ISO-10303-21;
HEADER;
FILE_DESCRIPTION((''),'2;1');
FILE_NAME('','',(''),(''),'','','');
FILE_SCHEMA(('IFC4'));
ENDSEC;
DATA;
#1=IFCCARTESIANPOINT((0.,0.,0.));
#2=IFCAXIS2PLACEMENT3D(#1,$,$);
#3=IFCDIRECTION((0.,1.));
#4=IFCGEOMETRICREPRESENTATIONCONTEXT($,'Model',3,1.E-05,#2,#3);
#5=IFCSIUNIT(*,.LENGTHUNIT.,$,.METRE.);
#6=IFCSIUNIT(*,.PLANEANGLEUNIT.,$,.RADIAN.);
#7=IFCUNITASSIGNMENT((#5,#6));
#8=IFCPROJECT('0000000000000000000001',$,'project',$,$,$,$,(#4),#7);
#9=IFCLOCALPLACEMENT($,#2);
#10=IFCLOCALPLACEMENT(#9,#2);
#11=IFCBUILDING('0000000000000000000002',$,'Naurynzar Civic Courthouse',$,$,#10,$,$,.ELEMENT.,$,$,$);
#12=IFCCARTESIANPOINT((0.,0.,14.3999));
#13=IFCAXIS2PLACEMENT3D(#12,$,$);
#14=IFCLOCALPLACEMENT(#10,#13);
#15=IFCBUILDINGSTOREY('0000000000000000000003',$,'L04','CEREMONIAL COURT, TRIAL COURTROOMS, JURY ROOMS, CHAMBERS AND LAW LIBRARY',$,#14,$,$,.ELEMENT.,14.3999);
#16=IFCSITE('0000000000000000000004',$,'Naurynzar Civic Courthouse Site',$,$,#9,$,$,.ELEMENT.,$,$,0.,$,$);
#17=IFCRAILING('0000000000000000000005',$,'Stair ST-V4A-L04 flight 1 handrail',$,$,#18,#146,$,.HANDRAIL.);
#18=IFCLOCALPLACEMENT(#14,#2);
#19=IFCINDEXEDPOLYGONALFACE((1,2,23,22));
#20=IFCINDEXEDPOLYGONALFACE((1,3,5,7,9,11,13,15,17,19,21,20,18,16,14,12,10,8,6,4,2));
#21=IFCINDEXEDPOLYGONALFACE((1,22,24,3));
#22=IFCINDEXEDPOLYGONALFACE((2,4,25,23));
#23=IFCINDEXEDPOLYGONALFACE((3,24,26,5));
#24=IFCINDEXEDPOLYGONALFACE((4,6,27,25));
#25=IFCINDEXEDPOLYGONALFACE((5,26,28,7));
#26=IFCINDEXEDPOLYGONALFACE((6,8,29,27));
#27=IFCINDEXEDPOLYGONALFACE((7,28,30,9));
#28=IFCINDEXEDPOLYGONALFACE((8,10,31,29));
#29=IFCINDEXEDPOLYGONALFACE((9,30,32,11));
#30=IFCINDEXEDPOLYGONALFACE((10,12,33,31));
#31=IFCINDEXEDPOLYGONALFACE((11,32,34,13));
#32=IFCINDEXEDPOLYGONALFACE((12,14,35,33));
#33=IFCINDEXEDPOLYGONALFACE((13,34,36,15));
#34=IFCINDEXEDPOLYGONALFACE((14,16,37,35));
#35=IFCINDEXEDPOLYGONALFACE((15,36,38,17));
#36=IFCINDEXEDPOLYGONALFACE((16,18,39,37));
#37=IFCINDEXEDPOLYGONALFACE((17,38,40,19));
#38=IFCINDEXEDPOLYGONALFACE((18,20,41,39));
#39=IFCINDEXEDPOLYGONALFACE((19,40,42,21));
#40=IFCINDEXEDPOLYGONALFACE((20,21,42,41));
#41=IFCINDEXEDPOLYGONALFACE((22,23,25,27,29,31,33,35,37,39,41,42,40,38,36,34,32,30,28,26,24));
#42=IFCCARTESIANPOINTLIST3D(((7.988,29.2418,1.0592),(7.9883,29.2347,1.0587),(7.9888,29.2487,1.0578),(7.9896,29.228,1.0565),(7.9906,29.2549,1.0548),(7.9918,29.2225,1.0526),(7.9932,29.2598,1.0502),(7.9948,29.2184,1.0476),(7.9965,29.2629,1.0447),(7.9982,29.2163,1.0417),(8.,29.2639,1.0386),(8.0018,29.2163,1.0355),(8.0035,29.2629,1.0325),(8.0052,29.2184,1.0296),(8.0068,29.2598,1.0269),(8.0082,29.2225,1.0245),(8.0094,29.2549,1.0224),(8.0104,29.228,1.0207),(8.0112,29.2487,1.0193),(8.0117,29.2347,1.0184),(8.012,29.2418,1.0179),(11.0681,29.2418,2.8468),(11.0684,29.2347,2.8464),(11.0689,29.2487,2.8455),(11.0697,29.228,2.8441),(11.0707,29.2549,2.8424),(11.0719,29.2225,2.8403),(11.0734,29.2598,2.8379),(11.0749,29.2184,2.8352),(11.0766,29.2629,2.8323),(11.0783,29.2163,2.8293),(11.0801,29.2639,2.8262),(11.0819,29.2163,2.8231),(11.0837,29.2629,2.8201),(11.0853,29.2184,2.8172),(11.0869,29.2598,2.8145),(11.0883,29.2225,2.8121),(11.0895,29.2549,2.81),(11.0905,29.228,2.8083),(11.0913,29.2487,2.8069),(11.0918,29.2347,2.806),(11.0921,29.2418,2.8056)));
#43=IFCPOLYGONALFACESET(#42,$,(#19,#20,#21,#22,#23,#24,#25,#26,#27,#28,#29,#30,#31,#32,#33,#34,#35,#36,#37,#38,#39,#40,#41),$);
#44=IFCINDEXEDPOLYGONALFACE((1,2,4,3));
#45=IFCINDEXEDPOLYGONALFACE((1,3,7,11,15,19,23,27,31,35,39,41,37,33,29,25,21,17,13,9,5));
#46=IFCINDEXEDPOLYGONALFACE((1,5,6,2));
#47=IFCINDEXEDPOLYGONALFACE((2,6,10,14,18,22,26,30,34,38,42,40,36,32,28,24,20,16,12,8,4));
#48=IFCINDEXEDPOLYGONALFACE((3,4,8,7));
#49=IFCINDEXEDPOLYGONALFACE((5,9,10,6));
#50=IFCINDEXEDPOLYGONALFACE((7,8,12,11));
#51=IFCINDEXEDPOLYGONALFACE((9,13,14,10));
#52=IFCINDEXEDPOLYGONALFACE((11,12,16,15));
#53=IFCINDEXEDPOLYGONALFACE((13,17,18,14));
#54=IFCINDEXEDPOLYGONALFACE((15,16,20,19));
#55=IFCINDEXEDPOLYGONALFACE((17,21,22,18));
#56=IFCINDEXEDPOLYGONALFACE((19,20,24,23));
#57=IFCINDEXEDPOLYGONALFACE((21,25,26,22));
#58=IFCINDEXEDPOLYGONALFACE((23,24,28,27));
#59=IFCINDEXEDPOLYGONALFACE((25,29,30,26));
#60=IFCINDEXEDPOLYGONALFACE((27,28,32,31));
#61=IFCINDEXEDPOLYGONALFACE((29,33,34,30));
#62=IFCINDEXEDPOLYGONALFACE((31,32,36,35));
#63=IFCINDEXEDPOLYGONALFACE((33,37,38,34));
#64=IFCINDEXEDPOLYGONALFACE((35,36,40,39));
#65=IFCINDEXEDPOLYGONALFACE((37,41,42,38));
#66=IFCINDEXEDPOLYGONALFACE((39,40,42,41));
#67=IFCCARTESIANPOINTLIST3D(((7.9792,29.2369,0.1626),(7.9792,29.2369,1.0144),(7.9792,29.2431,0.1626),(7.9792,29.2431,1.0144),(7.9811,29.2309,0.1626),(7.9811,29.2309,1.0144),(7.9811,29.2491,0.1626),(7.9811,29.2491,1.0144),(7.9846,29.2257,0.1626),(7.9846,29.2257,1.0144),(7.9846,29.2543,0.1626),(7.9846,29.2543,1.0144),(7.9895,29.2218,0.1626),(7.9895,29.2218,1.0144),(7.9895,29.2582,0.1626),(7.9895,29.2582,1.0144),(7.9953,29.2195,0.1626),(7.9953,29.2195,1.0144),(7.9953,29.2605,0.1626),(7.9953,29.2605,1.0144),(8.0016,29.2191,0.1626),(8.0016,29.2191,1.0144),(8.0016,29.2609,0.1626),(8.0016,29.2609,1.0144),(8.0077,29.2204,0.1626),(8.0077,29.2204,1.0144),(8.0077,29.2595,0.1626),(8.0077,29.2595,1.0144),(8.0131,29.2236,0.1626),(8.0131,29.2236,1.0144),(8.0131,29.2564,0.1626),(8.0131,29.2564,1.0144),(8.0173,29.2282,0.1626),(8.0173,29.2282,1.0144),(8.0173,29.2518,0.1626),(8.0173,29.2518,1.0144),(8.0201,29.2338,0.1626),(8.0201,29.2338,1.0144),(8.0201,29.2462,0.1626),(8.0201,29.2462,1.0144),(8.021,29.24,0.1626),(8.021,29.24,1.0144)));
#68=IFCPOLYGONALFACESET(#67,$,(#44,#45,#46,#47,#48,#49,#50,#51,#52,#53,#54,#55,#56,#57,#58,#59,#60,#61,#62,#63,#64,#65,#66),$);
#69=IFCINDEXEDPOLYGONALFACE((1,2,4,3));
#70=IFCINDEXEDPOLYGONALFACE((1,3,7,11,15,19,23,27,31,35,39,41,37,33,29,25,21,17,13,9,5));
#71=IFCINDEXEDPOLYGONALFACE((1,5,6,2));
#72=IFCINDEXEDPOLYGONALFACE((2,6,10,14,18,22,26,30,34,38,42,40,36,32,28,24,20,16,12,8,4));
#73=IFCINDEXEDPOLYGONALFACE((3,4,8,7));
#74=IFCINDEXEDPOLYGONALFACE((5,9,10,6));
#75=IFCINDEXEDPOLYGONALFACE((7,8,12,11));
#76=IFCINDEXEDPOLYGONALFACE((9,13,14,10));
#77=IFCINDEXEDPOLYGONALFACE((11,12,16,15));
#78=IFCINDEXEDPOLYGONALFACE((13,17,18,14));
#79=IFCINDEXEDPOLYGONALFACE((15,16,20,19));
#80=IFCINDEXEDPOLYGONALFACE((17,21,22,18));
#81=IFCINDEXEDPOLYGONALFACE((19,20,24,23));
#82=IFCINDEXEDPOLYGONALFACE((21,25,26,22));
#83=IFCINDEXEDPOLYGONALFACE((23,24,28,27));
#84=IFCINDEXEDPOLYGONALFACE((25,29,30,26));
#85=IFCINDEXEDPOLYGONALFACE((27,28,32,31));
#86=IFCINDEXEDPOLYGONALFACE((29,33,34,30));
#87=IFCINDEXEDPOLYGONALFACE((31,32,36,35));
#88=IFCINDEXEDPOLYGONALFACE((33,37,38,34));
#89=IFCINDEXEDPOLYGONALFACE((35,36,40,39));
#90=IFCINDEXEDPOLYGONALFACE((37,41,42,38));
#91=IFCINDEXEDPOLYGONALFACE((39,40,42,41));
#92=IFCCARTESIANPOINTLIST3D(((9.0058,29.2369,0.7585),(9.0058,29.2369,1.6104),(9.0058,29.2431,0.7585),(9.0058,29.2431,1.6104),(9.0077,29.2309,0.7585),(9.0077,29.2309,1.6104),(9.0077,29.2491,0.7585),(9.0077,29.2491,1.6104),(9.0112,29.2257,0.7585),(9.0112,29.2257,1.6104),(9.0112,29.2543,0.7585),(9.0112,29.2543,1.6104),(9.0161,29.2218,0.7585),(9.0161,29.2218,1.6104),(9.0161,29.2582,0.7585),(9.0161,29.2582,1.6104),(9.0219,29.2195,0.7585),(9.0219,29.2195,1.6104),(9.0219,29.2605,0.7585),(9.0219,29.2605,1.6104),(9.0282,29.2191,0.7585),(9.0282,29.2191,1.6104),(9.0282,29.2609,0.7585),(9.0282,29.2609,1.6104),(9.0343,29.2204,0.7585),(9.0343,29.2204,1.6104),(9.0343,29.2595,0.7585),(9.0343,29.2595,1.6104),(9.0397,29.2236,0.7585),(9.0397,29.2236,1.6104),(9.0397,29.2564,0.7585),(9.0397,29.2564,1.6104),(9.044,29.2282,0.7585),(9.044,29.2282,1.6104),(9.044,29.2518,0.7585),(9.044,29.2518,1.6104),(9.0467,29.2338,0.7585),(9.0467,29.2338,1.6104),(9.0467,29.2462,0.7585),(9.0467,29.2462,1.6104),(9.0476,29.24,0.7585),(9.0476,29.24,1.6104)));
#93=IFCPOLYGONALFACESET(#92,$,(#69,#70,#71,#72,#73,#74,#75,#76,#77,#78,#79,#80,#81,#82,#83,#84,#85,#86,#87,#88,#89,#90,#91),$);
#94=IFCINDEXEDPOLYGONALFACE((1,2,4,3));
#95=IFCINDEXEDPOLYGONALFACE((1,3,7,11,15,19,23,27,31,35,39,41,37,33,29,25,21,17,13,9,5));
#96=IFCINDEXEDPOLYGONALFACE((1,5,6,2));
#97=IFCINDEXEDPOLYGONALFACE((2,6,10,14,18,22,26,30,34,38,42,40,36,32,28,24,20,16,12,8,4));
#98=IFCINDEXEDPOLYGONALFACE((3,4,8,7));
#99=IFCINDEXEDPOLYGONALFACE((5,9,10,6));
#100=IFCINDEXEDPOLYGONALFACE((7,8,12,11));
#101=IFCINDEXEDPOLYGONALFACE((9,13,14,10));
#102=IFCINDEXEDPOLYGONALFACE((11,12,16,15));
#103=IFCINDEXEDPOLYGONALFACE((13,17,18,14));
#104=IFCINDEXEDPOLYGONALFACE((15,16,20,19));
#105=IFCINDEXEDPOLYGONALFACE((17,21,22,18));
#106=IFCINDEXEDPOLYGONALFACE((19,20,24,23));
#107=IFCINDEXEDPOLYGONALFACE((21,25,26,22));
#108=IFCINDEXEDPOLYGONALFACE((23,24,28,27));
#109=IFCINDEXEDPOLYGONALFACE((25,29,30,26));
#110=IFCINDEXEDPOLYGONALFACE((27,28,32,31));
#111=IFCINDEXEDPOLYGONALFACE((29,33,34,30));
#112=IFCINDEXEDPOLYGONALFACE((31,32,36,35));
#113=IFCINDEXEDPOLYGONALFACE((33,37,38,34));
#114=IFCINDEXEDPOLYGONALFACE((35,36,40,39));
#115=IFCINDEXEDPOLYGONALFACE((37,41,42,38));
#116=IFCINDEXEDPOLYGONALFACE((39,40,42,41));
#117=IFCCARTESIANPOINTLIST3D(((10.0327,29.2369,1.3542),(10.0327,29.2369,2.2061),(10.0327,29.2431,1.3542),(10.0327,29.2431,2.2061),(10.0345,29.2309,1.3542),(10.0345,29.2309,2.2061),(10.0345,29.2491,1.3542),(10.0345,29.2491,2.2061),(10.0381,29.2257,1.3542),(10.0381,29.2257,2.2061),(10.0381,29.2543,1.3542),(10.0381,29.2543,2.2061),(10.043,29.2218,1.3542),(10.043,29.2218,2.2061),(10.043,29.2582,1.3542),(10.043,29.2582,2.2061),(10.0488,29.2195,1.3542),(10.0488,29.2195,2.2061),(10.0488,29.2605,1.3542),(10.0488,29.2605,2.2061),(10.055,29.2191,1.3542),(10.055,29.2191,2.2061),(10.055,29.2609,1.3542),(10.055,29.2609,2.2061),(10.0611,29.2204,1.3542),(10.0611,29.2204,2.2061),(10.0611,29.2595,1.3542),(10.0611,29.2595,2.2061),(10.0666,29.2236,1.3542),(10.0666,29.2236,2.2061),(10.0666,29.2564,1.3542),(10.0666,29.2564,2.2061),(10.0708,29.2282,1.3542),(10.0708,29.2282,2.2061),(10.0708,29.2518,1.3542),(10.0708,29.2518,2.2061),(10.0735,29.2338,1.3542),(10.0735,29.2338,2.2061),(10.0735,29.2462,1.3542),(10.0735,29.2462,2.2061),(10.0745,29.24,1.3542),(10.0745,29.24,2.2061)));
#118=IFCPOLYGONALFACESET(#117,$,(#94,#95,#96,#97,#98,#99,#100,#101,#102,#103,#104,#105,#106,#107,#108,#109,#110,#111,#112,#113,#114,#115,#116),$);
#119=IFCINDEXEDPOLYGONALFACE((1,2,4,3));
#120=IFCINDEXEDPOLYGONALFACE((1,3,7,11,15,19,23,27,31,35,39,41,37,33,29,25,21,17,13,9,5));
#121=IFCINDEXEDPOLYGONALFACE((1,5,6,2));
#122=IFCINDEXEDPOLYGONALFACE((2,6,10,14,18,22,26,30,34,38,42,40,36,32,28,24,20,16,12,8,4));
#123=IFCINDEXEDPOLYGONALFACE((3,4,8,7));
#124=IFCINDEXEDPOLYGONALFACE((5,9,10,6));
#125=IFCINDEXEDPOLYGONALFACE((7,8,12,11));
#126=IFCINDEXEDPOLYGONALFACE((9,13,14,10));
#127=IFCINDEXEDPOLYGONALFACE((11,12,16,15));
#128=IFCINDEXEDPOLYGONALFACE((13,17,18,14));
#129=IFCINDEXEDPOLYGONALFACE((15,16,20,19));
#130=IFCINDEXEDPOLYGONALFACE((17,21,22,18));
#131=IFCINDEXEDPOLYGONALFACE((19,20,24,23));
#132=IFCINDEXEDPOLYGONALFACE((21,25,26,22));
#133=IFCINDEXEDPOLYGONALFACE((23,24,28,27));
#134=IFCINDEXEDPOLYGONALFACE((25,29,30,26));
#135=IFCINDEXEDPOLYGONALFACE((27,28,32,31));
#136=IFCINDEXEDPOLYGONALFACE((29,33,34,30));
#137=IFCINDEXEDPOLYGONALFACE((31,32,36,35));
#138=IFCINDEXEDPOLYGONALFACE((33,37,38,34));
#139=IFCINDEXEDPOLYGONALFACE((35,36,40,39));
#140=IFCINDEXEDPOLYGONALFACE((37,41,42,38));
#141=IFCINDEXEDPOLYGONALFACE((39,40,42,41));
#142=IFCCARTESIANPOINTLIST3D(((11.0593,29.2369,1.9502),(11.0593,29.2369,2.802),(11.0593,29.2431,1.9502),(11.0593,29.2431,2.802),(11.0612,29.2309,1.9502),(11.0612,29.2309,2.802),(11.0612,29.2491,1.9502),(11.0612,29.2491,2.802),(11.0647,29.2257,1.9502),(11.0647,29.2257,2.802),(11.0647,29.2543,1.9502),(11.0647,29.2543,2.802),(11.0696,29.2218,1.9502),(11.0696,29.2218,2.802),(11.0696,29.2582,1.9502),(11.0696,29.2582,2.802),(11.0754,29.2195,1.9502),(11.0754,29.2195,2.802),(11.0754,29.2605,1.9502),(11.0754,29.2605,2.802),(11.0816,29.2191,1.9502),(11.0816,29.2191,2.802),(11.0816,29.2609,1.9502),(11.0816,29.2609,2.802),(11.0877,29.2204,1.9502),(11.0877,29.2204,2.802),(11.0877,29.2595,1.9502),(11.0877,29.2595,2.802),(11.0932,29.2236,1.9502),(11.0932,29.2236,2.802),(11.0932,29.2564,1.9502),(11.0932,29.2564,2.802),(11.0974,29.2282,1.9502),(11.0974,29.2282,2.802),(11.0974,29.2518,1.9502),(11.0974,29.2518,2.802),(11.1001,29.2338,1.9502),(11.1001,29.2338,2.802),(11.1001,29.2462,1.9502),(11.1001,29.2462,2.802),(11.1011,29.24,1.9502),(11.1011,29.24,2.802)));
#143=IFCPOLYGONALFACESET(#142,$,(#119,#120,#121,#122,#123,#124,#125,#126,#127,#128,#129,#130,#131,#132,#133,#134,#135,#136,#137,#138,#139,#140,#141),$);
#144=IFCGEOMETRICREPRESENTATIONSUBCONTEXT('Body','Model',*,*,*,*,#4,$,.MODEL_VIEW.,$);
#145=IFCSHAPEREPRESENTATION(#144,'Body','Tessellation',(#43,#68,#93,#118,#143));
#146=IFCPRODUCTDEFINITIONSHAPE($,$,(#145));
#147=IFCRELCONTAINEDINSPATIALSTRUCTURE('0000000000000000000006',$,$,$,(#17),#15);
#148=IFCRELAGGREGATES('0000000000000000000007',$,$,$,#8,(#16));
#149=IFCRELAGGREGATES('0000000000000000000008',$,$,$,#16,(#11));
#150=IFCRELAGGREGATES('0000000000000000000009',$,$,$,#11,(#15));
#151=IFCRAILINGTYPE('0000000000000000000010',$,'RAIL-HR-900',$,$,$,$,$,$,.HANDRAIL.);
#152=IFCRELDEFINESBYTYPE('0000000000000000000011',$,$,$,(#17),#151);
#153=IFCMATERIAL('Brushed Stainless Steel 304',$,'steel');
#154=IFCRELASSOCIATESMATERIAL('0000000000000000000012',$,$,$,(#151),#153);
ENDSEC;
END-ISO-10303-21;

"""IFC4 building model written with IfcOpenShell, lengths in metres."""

from ifc_helpers import new_model, si_unit, direction, frame, origin, origin_2d, place, context, subcontext, project, spatial, circle, extrude, material, type_object, element, save


model = new_model("IFC4")

# Units and contexts
model_context = context("Model", 3, precision=1e-05, world=origin(), true_north=direction((0.0, 1.0)))
body_context = subcontext(model_context, "Body", "Model", "MODEL_VIEW")
ifc_project = project(units=[si_unit("LENGTHUNIT", "METRE"), si_unit("PLANEANGLEUNIT", "RADIAN")], contexts=[model_context])

# Site, building, storey
site_placement = place(None, origin())
site = spatial("IfcSite", under=ifc_project, at=site_placement, Name="Naurynzar Civic Courthouse Site", CompositionType="ELEMENT", RefElevation=0.0)
building_placement = place(site_placement, origin())
building = spatial("IfcBuilding", under=site, at=building_placement, Name="Naurynzar Civic Courthouse", CompositionType="ELEMENT")
storey_placement = place(building_placement, frame((0.0, 0.0, 14.3999)))
storey = spatial("IfcBuildingStorey", under=building, at=storey_placement, Name="L04", Description="CEREMONIAL COURT, TRIAL COURTROOMS, JURY ROOMS, CHAMBERS AND LAW LIBRARY", CompositionType="ELEMENT", Elevation=14.3999)

# Railing
ifc_material_1 = material(Name="Brushed Stainless Steel 304", Category="steel")
railing_type_1 = type_object("IfcRailingType", Name="RAIL-HR-900", PredefinedType="HANDRAIL", material=ifc_material_1)
railing_1_placement = place(storey_placement, frame((8.0, 29.24, 0.1626)))
element("IfcRailing", 1, at=railing_1_placement, inside=storey, type_object=railing_type_1, Name="Stair ST-V4A-L04 flight 1 handrail", PredefinedType="HANDRAIL", context=body_context, shape_type="SweptSolid", body=[
    extrude(circle(Radius=0.0239, at=origin_2d()), frame((0.0, 0.0, 0.876), z_axis=(0.864891, 0.0, 0.50196), x_axis=(0.0, 1.0, 0.0)), (0.0, 0.0, 1.0), 3.5613),
    extrude(circle(Radius=0.021, at=origin_2d()), origin(), (0.0, 0.0, 1.0), 0.8518),
    extrude(circle(Radius=0.021, at=origin_2d()), frame((1.0266, 0.0, 0.5959)), (0.0, 0.0, 1.0), 0.8518),
    extrude(circle(Radius=0.021, at=origin_2d()), frame((2.0535, 0.0, 1.1917)), (0.0, 0.0, 1.0), 0.8518),
    extrude(circle(Radius=0.021, at=origin_2d()), frame((3.0801, 0.0, 1.7876)), (0.0, 0.0, 1.0), 0.8518),
])

save(model, "model.ifc")
